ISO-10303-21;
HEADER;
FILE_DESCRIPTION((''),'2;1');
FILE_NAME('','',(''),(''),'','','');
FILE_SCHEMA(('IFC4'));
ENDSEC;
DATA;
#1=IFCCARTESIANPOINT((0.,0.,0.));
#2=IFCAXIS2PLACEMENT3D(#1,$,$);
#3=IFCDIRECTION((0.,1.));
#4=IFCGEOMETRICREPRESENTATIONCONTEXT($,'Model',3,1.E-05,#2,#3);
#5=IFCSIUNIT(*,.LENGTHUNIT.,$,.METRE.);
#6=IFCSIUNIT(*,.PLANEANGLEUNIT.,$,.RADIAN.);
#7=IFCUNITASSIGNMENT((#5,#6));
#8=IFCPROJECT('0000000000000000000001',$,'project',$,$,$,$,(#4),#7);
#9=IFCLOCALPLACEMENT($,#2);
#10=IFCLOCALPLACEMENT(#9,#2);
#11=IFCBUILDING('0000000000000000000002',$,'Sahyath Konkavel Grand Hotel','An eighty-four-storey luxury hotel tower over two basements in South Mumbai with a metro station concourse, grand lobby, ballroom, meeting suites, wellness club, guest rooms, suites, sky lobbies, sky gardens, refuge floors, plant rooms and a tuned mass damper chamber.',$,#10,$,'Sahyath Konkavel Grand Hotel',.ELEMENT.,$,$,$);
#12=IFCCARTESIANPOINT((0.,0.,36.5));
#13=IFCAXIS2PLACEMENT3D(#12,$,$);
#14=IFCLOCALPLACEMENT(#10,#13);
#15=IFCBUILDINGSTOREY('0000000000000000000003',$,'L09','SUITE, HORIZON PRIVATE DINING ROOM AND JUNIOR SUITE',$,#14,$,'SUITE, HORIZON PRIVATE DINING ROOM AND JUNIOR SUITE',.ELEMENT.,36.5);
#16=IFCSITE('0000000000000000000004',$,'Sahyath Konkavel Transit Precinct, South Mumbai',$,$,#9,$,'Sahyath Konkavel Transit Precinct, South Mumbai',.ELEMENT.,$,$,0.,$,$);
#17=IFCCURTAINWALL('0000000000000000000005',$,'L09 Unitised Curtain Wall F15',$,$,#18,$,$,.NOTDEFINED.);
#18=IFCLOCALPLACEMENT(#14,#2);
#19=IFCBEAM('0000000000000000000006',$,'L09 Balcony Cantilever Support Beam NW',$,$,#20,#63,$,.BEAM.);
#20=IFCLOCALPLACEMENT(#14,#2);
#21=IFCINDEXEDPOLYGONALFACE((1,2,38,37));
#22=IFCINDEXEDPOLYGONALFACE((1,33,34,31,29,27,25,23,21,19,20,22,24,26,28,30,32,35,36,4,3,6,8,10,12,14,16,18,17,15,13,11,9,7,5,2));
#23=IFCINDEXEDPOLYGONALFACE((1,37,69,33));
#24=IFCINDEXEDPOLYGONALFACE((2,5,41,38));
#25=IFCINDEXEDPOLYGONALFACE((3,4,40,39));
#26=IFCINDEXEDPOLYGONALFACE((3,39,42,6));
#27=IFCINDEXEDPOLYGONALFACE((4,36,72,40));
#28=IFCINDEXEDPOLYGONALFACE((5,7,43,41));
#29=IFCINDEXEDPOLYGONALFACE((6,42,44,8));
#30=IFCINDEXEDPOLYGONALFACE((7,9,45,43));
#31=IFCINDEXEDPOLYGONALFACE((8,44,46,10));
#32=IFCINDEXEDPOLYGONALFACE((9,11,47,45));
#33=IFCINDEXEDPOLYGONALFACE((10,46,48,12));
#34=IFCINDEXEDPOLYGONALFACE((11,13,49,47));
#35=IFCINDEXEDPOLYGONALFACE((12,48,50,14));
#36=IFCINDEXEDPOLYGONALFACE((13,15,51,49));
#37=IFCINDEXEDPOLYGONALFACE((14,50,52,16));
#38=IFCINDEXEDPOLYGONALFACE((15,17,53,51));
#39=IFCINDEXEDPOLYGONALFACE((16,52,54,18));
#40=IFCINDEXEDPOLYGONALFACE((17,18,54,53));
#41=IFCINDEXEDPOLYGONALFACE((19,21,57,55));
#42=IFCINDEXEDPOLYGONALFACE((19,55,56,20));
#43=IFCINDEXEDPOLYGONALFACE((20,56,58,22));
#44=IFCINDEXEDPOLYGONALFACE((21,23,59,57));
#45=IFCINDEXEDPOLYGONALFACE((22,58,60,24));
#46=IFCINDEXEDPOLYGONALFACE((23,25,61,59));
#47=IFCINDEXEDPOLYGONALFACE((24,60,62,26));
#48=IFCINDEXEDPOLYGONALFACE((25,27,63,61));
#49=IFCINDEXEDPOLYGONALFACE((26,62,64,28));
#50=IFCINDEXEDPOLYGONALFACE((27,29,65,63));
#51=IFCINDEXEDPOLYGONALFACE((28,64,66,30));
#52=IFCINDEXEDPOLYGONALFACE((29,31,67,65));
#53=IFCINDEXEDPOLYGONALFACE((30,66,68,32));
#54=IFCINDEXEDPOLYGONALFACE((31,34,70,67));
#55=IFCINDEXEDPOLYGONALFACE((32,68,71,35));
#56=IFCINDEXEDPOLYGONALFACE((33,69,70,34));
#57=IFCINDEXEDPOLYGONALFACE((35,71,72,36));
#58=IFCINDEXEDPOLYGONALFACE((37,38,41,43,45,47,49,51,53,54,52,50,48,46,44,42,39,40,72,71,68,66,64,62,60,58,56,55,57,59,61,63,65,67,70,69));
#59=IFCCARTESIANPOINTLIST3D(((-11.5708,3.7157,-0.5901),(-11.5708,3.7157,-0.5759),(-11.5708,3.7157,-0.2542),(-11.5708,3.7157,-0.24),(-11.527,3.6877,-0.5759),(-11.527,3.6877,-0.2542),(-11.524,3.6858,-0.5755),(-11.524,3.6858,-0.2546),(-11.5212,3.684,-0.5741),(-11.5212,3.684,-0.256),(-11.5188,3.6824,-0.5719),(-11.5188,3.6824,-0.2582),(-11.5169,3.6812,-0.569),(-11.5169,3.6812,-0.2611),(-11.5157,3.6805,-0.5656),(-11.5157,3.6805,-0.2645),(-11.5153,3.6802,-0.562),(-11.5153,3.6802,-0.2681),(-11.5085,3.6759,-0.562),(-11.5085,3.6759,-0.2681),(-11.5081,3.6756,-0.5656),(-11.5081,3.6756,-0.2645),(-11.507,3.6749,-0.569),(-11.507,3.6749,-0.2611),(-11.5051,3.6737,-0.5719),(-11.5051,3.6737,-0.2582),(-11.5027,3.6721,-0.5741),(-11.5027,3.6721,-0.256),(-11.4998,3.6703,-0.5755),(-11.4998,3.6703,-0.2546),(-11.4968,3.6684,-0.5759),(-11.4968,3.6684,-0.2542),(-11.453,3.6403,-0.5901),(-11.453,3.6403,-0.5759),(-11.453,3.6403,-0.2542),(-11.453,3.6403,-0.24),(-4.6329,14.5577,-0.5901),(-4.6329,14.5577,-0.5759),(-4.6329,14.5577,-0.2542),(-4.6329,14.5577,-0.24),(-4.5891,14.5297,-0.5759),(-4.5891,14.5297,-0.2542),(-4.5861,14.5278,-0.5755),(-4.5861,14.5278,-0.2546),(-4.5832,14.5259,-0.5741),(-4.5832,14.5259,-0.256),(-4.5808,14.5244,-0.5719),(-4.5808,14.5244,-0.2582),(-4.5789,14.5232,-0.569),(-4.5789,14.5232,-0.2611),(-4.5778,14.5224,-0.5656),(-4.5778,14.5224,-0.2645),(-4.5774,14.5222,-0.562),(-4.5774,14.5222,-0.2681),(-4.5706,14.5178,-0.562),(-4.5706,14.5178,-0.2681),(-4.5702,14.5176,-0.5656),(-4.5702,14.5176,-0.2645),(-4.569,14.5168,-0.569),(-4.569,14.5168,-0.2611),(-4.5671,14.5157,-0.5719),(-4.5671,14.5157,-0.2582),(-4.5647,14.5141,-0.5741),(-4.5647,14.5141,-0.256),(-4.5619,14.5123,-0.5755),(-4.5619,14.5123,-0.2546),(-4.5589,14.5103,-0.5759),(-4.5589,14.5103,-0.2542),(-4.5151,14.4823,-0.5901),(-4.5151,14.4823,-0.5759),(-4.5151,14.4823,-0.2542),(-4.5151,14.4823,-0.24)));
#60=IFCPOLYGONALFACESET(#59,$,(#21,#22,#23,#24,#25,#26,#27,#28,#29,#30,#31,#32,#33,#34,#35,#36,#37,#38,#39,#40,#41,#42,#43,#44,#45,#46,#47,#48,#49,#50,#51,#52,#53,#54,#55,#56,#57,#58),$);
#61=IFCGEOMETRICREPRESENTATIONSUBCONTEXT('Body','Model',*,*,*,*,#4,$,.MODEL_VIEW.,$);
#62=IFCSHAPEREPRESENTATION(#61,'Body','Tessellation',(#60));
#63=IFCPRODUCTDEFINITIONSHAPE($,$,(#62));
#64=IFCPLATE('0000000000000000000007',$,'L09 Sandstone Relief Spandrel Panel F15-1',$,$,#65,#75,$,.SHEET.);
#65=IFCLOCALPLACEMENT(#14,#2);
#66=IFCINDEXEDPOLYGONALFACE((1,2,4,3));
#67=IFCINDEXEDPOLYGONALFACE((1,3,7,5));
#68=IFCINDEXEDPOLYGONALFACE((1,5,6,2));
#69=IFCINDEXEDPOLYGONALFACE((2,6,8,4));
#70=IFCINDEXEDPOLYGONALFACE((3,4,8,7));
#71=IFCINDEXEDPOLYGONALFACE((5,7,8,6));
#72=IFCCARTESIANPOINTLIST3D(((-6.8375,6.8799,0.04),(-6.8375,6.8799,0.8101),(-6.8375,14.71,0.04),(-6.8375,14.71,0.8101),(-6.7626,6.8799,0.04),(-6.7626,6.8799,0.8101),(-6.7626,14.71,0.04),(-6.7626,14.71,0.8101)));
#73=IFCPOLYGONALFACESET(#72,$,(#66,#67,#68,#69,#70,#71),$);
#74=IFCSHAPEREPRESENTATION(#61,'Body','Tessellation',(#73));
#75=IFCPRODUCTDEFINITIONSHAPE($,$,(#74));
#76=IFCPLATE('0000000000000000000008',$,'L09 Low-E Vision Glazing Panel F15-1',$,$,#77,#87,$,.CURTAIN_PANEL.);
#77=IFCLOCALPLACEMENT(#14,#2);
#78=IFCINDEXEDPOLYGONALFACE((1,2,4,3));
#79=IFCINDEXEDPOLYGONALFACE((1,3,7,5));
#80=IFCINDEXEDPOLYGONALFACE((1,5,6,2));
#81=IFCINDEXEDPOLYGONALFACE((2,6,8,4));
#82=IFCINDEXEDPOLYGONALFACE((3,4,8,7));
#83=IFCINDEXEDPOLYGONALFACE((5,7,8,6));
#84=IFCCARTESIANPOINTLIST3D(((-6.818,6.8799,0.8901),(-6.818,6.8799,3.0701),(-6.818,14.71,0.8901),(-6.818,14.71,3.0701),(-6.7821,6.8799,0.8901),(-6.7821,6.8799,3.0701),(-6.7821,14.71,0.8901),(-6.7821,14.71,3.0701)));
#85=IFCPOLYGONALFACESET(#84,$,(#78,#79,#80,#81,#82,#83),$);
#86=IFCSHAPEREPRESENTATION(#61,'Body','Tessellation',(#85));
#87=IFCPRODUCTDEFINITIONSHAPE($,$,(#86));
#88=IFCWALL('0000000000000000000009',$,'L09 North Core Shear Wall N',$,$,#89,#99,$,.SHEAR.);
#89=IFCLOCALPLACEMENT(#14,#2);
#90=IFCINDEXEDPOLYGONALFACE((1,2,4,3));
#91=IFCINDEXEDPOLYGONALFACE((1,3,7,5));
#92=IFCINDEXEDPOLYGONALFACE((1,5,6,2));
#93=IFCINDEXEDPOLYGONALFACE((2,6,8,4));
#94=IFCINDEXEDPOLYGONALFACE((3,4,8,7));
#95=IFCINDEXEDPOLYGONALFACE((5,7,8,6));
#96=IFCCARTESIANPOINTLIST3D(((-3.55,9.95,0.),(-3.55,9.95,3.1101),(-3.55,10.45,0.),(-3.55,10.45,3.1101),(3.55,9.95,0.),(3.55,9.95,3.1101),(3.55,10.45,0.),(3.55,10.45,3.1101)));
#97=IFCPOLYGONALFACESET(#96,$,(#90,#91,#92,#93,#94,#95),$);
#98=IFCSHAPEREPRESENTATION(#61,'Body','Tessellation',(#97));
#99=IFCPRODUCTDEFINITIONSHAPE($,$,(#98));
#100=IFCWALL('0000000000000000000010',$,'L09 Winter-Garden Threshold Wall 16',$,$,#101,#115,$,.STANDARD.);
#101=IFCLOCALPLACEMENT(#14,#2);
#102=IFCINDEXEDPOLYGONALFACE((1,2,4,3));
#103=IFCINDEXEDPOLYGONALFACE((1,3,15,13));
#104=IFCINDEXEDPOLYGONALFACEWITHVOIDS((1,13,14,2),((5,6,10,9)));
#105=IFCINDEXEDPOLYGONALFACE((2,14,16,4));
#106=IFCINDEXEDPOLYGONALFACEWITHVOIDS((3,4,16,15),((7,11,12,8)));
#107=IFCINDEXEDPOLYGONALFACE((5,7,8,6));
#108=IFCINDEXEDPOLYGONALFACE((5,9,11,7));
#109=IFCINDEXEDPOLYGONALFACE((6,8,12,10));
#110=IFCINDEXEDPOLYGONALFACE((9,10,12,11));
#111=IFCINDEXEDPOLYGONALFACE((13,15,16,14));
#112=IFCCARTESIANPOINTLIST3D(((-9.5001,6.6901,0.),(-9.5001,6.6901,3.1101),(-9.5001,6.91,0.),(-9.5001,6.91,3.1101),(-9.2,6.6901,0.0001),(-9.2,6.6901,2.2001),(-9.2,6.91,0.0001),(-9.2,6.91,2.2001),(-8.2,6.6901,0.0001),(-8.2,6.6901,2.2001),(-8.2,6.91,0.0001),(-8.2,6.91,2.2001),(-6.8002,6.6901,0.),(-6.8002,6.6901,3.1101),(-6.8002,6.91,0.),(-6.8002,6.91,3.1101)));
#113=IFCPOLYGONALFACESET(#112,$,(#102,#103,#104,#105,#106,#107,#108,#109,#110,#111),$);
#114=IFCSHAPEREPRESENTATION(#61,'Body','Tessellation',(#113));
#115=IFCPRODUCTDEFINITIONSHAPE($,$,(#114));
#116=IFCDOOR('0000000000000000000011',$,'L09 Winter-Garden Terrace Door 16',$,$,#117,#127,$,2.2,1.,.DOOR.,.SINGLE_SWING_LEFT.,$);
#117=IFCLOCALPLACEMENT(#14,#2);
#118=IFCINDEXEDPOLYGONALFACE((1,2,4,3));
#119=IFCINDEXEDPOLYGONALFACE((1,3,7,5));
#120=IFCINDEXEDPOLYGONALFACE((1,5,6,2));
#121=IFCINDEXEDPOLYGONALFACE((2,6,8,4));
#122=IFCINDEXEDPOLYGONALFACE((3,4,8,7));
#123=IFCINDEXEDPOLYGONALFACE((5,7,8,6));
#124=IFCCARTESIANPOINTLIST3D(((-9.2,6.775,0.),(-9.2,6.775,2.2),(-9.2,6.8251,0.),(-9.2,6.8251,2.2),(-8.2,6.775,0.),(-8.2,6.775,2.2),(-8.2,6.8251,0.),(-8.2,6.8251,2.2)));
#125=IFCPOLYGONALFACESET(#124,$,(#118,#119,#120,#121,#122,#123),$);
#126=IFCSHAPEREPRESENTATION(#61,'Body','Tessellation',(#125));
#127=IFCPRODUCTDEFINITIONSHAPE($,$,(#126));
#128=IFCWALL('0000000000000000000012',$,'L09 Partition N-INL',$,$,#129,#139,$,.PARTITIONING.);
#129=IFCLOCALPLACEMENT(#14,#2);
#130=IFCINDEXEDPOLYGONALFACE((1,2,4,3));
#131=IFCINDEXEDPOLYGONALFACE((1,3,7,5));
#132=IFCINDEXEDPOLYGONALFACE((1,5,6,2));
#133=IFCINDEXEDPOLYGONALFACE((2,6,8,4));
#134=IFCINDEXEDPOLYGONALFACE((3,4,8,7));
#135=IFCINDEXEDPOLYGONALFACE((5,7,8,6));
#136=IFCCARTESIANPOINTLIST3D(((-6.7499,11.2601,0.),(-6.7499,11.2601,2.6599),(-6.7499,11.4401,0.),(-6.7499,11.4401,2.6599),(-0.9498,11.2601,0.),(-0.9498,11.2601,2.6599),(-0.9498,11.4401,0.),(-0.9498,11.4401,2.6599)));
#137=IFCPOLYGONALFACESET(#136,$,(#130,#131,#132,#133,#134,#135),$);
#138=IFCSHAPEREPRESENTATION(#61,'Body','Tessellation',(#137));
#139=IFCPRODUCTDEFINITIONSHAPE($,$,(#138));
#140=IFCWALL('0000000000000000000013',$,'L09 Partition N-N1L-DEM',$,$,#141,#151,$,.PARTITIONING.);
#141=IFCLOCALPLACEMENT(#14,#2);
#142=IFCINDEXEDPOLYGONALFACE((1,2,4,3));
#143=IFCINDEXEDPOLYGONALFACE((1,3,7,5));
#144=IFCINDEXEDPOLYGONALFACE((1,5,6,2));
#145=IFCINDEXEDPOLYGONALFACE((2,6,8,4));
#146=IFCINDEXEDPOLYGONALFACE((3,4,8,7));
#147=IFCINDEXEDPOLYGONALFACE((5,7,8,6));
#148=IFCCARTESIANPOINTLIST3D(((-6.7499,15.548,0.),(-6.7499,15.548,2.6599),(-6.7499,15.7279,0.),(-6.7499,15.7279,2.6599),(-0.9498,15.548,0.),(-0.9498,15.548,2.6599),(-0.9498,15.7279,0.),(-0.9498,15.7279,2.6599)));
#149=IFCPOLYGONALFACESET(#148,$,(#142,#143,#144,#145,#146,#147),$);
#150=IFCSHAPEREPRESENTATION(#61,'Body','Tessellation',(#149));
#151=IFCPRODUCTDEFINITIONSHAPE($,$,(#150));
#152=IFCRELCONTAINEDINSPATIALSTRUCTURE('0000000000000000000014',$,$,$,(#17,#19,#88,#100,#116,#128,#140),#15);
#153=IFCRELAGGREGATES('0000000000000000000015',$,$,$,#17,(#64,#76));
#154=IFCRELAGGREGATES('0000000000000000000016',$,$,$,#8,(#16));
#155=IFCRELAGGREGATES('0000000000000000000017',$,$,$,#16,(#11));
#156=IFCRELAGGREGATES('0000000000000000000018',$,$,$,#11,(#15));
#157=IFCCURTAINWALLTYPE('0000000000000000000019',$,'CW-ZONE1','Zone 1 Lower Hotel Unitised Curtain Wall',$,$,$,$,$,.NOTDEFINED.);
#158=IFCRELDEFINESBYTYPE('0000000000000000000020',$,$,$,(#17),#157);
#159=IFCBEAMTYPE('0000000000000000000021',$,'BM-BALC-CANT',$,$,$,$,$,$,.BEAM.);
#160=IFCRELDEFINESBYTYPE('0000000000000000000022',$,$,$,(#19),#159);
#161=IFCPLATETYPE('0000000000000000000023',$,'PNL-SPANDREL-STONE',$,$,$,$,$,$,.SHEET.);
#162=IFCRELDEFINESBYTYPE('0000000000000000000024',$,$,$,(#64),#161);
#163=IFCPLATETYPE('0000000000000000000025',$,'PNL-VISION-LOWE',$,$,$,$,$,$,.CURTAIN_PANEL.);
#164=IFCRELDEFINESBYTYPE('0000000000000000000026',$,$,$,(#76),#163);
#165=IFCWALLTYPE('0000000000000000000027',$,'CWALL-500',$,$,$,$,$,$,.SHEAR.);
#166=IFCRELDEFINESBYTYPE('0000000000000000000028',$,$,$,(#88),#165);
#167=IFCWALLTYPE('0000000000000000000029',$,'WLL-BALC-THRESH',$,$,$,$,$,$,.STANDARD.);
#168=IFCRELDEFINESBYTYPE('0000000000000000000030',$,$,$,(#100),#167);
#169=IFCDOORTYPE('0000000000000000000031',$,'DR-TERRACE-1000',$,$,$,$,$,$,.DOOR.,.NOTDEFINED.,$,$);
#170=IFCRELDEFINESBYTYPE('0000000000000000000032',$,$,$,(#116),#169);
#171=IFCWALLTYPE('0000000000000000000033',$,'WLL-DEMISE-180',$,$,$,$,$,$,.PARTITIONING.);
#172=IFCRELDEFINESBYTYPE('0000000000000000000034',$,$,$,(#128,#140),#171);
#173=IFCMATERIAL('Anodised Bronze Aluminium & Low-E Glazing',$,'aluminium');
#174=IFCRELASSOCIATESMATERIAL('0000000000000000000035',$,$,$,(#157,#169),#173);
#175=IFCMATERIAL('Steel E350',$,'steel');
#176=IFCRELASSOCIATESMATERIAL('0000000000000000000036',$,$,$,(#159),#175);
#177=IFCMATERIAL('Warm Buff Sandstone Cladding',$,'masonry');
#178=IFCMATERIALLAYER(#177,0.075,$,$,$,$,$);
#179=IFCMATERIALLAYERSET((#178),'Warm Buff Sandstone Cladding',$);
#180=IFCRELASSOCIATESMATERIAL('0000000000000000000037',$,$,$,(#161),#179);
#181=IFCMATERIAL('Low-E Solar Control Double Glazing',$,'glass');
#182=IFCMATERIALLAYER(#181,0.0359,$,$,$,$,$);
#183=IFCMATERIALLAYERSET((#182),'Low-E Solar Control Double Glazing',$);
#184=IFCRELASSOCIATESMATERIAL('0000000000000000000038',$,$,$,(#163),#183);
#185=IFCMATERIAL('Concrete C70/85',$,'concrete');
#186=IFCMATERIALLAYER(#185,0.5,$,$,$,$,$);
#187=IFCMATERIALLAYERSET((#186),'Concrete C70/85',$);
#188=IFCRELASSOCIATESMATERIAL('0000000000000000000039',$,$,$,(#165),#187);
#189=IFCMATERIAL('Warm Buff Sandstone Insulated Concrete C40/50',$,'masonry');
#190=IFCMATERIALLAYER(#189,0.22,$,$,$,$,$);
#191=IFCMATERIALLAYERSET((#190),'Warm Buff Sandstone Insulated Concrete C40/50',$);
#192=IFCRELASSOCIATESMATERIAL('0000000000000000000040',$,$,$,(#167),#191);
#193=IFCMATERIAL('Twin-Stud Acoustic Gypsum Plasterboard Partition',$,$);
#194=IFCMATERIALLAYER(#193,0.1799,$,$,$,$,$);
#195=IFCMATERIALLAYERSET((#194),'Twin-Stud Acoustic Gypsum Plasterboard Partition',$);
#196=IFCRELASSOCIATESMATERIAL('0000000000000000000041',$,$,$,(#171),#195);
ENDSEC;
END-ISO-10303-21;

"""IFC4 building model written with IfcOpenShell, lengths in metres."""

from ifc_helpers import new_model, si_unit, direction, frame, frame_2d, origin, origin_2d, place, context, subcontext, project, spatial, rectangle, i_section, extrude, source, transform, mapped, material, layer, layer_set, material_profile, profile_set, type_object, element, fill, aggregate, save


model = new_model("IFC4")

# Units and contexts
model_context = context("Model", 3, precision=1e-05, world=origin(), true_north=direction((0.0, 1.0)))
body_context = subcontext(model_context, "Body", "Model", "MODEL_VIEW")
ifc_project = project(units=[si_unit("LENGTHUNIT", "METRE"), si_unit("PLANEANGLEUNIT", "RADIAN")], contexts=[model_context])

# Site, building, storey
site_placement = place(None, origin())
site = spatial("IfcSite", under=ifc_project, at=site_placement, Name="Sahyath Konkavel Transit Precinct, South Mumbai", LongName="Sahyath Konkavel Transit Precinct, South Mumbai", CompositionType="ELEMENT", RefElevation=0.0)
building_placement = place(site_placement, origin())
building = spatial("IfcBuilding", under=site, at=building_placement, Name="Sahyath Konkavel Grand Hotel", Description="An eighty-four-storey luxury hotel tower over two basements in South Mumbai with a metro station concourse, grand lobby, ballroom, meeting suites, wellness club, guest rooms, suites, sky lobbies, sky gardens, refuge floors, plant rooms and a tuned mass damper chamber.", LongName="Sahyath Konkavel Grand Hotel", CompositionType="ELEMENT")
storey_placement = place(building_placement, frame((0.0, 0.0, 36.5)))
storey = spatial("IfcBuildingStorey", under=building, at=storey_placement, Name="L09", Description="SUITE, HORIZON PRIVATE DINING ROOM AND JUNIOR SUITE", LongName="SUITE, HORIZON PRIVATE DINING ROOM AND JUNIOR SUITE", CompositionType="ELEMENT", Elevation=36.5)

# Shared definitions
ifc_material_1 = material(Name="Concrete C70/85", Category="concrete")

# Shared definitions
ifc_material_2 = material(Name="Steel E350", Category="steel")

# Curtain wall
ifc_material_3 = material(Name="Anodised Bronze Aluminium & Low-E Glazing", Category="aluminium")
curtain_wall_type = type_object("IfcCurtainWallType", Name="CW-ZONE1", Description="Zone 1 Lower Hotel Unitised Curtain Wall", PredefinedType="NOTDEFINED", material=ifc_material_3)
curtain_wall_1_placement = place(storey_placement, origin())
curtain_wall_1 = element("IfcCurtainWall", 1, at=curtain_wall_1_placement, inside=storey, type_object=curtain_wall_type, Name="L09 Unitised Curtain Wall F15", PredefinedType="NOTDEFINED")

# Beam
ifc_material_profile_1 = material_profile(ifc_material_2, i_section(OverallWidth=0.1399, OverallDepth=0.3501, WebThickness=0.0081, FlangeThickness=0.0142, FilletRadius=0.0139, at=origin_2d()), Name="ISMB 350")
ifc_profile_set_1 = profile_set([ifc_material_profile_1], Name="Steel E350")
beam_type_1 = type_object("IfcBeamType", Name="BM-BALC-CANT", PredefinedType="BEAM", material=ifc_profile_set_1)
shared_shape_1 = source(origin(), body_context, "Body", "SweptSolid", [
    extrude(i_section(OverallWidth=0.1399, OverallDepth=0.3501, WebThickness=0.0081, FlangeThickness=0.0142, FilletRadius=0.0139, at=origin_2d()), origin(), (0.0, 0.0, 1.0), 12.8718),
])
beam_1_placement = place(storey_placement, frame((-4.574, 14.52, -0.415), z_axis=(-0.539003, -0.842304, 0.0), x_axis=(0.842304, -0.539003, 0.0)))
element("IfcBeam", 2, at=beam_1_placement, inside=storey, type_object=beam_type_1, Name="L09 Balcony Cantilever Support Beam NW", PredefinedType="BEAM", context=body_context, shape_type="MappedRepresentation", body=[
    mapped(shared_shape_1, transform((0.0, 0.0, 0.0), scale=1.0)),
])

# Plates
ifc_material_4 = material(Name="Warm Buff Sandstone Cladding", Category="masonry")
ifc_layer_1 = layer(ifc_material_4, 0.075)
ifc_layer_set_1 = layer_set([ifc_layer_1], Name="Warm Buff Sandstone Cladding")
plate_type_1 = type_object("IfcPlateType", Name="PNL-SPANDREL-STONE", PredefinedType="SHEET", material=ifc_layer_set_1)
shared_shape_2 = source(origin(), body_context, "Body", "SweptSolid", [
    extrude(rectangle(XDim=7.8301, YDim=0.075, at=origin_2d()), origin(), (0.0, 0.0, 1.0), 0.77),
])
plate_1_placement = place(storey_placement, frame((-6.8, 10.7949, 0.04), z_axis=(0.0, 0.0, 1.0), x_axis=(0.0, -1.0, 0.0)))
plate_1 = element("IfcPlate", 3, at=plate_1_placement, type_object=plate_type_1, Name="L09 Sandstone Relief Spandrel Panel F15-1", PredefinedType="SHEET", context=body_context, shape_type="MappedRepresentation", body=[
    mapped(shared_shape_2, transform((0.0, 0.0, 0.0), scale=1.0)),
])
ifc_material_5 = material(Name="Low-E Solar Control Double Glazing", Category="glass")
ifc_layer_2 = layer(ifc_material_5, 0.0359)
ifc_layer_set_2 = layer_set([ifc_layer_2], Name="Low-E Solar Control Double Glazing")
plate_type_2 = type_object("IfcPlateType", Name="PNL-VISION-LOWE", PredefinedType="CURTAIN_PANEL", material=ifc_layer_set_2)
shared_shape_3 = source(origin(), body_context, "Body", "SweptSolid", [
    extrude(rectangle(XDim=7.8301, YDim=0.0359, at=origin_2d()), origin(), (0.0, 0.0, 1.0), 2.1799),
])
plate_2_placement = place(storey_placement, frame((-6.8, 10.7949, 0.8901), z_axis=(0.0, 0.0, 1.0), x_axis=(0.0, -1.0, 0.0)))
plate_2 = element("IfcPlate", 4, at=plate_2_placement, type_object=plate_type_2, Name="L09 Low-E Vision Glazing Panel F15-1", PredefinedType="CURTAIN_PANEL", context=body_context, shape_type="MappedRepresentation", body=[
    mapped(shared_shape_3, transform((0.0, 0.0, 0.0), scale=1.0)),
])
aggregate(curtain_wall_1, [plate_1, plate_2])

# Wall
ifc_layer_3 = layer(ifc_material_1, 0.5)
ifc_layer_set_3 = layer_set([ifc_layer_3], Name="Concrete C70/85")
wall_type_1 = type_object("IfcWallType", Name="CWALL-500", PredefinedType="SHEAR", material=ifc_layer_set_3)
wall_1_placement = place(storey_placement, frame((-3.55, 10.2, 0.0), z_axis=(0.0, 0.0, 1.0), x_axis=(1.0, 0.0, 0.0)))
element("IfcWall", 5, at=wall_1_placement, inside=storey, type_object=wall_type_1, Name="L09 North Core Shear Wall N", PredefinedType="SHEAR", context=body_context, shape_type="SweptSolid", body=[
    extrude(rectangle(XDim=7.1001, YDim=0.5, at=frame_2d((3.55, 0.0))), origin(), (0.0, 0.0, 1.0), 3.1101),
])

# Wall, opening, door
ifc_material_6 = material(Name="Warm Buff Sandstone Insulated Concrete C40/50", Category="masonry")
ifc_layer_4 = layer(ifc_material_6, 0.22)
ifc_layer_set_4 = layer_set([ifc_layer_4], Name="Warm Buff Sandstone Insulated Concrete C40/50")
wall_type_2 = type_object("IfcWallType", Name="WLL-BALC-THRESH", PredefinedType="STANDARD", material=ifc_layer_set_4)
wall_2_placement = place(storey_placement, frame((-6.8, 6.8, 0.0), z_axis=(0.0, 0.0, 1.0), x_axis=(-1.0, 0.0, 0.0)))
wall_2 = element("IfcWall", 6, at=wall_2_placement, inside=storey, type_object=wall_type_2, Name="L09 Winter-Garden Threshold Wall 16", PredefinedType="STANDARD", context=body_context, shape_type="SweptSolid", body=[
    extrude(rectangle(XDim=2.7, YDim=0.22, at=frame_2d((1.3501, 0.0))), origin(), (0.0, 0.0, 1.0), 3.1101),
])
opening_1_placement = place(wall_2_placement, frame((1.3999, 0.0, 0.0)))
opening_1 = element("IfcOpeningElement", 7, at=opening_1_placement, cuts=wall_2, PredefinedType="OPENING", context=body_context, shape_type="SweptSolid", body=[
    extrude(rectangle(XDim=1.0, YDim=2.2, at=frame_2d((0.5, 1.1001))), frame((0.0, 0.1201, 0.0), z_axis=(0.0, -1.0, 0.0), x_axis=(1.0, 0.0, 0.0)), (0.0, 0.0, 1.0), 0.24),
])
door_type_1 = type_object("IfcDoorType", Name="DR-TERRACE-1000", OperationType="NOTDEFINED", PredefinedType="DOOR", material=ifc_material_3)
shared_shape_4 = source(origin(), body_context, "Body", "SweptSolid", [
    extrude(rectangle(XDim=1.0, YDim=0.05, at=origin_2d()), origin(), (0.0, 0.0, 1.0), 2.2),
])
door_1_placement = place(opening_1_placement, frame((0.5, 0.0, 0.0)))
door_1 = element("IfcDoor", 8, at=door_1_placement, inside=storey, type_object=door_type_1, Name="L09 Winter-Garden Terrace Door 16", OperationType="SINGLE_SWING_LEFT", OverallHeight=2.2, OverallWidth=1.0, PredefinedType="DOOR", context=body_context, shape_type="MappedRepresentation", body=[
    mapped(shared_shape_4, transform((0.0, 0.0, 0.0), scale=1.0)),
])
fill(opening_1, door_1)

# Walls
ifc_material_7 = material(Name="Twin-Stud Acoustic Gypsum Plasterboard Partition")
ifc_layer_5 = layer(ifc_material_7, 0.1799)
ifc_layer_set_5 = layer_set([ifc_layer_5], Name="Twin-Stud Acoustic Gypsum Plasterboard Partition")
wall_type_3 = type_object("IfcWallType", Name="WLL-DEMISE-180", PredefinedType="PARTITIONING", material=ifc_layer_set_5)
for number, where, z_axis, x_axis, name in (
    (9, (-0.95, 11.3501, 0.0), (0.0, 0.0, 1.0), (-1.0, 0.0, 0.0), "L09 Partition N-INL"),
    (10, (-0.95, 15.6379, 0.0), (0.0, 0.0, 1.0), (-1.0, 0.0, 0.0), "L09 Partition N-N1L-DEM"),
):
    element("IfcWall", number, at=place(storey_placement, frame(where, z_axis=z_axis, x_axis=x_axis)), inside=storey, type_object=wall_type_3, Name=name, PredefinedType="PARTITIONING", context=body_context, shape_type="SweptSolid", body=[
        extrude(rectangle(XDim=5.8, YDim=0.1799, at=frame_2d((2.8999, 0.0))), origin(), (0.0, 0.0, 1.0), 2.6599),
    ])

save(model, "model.ifc")
